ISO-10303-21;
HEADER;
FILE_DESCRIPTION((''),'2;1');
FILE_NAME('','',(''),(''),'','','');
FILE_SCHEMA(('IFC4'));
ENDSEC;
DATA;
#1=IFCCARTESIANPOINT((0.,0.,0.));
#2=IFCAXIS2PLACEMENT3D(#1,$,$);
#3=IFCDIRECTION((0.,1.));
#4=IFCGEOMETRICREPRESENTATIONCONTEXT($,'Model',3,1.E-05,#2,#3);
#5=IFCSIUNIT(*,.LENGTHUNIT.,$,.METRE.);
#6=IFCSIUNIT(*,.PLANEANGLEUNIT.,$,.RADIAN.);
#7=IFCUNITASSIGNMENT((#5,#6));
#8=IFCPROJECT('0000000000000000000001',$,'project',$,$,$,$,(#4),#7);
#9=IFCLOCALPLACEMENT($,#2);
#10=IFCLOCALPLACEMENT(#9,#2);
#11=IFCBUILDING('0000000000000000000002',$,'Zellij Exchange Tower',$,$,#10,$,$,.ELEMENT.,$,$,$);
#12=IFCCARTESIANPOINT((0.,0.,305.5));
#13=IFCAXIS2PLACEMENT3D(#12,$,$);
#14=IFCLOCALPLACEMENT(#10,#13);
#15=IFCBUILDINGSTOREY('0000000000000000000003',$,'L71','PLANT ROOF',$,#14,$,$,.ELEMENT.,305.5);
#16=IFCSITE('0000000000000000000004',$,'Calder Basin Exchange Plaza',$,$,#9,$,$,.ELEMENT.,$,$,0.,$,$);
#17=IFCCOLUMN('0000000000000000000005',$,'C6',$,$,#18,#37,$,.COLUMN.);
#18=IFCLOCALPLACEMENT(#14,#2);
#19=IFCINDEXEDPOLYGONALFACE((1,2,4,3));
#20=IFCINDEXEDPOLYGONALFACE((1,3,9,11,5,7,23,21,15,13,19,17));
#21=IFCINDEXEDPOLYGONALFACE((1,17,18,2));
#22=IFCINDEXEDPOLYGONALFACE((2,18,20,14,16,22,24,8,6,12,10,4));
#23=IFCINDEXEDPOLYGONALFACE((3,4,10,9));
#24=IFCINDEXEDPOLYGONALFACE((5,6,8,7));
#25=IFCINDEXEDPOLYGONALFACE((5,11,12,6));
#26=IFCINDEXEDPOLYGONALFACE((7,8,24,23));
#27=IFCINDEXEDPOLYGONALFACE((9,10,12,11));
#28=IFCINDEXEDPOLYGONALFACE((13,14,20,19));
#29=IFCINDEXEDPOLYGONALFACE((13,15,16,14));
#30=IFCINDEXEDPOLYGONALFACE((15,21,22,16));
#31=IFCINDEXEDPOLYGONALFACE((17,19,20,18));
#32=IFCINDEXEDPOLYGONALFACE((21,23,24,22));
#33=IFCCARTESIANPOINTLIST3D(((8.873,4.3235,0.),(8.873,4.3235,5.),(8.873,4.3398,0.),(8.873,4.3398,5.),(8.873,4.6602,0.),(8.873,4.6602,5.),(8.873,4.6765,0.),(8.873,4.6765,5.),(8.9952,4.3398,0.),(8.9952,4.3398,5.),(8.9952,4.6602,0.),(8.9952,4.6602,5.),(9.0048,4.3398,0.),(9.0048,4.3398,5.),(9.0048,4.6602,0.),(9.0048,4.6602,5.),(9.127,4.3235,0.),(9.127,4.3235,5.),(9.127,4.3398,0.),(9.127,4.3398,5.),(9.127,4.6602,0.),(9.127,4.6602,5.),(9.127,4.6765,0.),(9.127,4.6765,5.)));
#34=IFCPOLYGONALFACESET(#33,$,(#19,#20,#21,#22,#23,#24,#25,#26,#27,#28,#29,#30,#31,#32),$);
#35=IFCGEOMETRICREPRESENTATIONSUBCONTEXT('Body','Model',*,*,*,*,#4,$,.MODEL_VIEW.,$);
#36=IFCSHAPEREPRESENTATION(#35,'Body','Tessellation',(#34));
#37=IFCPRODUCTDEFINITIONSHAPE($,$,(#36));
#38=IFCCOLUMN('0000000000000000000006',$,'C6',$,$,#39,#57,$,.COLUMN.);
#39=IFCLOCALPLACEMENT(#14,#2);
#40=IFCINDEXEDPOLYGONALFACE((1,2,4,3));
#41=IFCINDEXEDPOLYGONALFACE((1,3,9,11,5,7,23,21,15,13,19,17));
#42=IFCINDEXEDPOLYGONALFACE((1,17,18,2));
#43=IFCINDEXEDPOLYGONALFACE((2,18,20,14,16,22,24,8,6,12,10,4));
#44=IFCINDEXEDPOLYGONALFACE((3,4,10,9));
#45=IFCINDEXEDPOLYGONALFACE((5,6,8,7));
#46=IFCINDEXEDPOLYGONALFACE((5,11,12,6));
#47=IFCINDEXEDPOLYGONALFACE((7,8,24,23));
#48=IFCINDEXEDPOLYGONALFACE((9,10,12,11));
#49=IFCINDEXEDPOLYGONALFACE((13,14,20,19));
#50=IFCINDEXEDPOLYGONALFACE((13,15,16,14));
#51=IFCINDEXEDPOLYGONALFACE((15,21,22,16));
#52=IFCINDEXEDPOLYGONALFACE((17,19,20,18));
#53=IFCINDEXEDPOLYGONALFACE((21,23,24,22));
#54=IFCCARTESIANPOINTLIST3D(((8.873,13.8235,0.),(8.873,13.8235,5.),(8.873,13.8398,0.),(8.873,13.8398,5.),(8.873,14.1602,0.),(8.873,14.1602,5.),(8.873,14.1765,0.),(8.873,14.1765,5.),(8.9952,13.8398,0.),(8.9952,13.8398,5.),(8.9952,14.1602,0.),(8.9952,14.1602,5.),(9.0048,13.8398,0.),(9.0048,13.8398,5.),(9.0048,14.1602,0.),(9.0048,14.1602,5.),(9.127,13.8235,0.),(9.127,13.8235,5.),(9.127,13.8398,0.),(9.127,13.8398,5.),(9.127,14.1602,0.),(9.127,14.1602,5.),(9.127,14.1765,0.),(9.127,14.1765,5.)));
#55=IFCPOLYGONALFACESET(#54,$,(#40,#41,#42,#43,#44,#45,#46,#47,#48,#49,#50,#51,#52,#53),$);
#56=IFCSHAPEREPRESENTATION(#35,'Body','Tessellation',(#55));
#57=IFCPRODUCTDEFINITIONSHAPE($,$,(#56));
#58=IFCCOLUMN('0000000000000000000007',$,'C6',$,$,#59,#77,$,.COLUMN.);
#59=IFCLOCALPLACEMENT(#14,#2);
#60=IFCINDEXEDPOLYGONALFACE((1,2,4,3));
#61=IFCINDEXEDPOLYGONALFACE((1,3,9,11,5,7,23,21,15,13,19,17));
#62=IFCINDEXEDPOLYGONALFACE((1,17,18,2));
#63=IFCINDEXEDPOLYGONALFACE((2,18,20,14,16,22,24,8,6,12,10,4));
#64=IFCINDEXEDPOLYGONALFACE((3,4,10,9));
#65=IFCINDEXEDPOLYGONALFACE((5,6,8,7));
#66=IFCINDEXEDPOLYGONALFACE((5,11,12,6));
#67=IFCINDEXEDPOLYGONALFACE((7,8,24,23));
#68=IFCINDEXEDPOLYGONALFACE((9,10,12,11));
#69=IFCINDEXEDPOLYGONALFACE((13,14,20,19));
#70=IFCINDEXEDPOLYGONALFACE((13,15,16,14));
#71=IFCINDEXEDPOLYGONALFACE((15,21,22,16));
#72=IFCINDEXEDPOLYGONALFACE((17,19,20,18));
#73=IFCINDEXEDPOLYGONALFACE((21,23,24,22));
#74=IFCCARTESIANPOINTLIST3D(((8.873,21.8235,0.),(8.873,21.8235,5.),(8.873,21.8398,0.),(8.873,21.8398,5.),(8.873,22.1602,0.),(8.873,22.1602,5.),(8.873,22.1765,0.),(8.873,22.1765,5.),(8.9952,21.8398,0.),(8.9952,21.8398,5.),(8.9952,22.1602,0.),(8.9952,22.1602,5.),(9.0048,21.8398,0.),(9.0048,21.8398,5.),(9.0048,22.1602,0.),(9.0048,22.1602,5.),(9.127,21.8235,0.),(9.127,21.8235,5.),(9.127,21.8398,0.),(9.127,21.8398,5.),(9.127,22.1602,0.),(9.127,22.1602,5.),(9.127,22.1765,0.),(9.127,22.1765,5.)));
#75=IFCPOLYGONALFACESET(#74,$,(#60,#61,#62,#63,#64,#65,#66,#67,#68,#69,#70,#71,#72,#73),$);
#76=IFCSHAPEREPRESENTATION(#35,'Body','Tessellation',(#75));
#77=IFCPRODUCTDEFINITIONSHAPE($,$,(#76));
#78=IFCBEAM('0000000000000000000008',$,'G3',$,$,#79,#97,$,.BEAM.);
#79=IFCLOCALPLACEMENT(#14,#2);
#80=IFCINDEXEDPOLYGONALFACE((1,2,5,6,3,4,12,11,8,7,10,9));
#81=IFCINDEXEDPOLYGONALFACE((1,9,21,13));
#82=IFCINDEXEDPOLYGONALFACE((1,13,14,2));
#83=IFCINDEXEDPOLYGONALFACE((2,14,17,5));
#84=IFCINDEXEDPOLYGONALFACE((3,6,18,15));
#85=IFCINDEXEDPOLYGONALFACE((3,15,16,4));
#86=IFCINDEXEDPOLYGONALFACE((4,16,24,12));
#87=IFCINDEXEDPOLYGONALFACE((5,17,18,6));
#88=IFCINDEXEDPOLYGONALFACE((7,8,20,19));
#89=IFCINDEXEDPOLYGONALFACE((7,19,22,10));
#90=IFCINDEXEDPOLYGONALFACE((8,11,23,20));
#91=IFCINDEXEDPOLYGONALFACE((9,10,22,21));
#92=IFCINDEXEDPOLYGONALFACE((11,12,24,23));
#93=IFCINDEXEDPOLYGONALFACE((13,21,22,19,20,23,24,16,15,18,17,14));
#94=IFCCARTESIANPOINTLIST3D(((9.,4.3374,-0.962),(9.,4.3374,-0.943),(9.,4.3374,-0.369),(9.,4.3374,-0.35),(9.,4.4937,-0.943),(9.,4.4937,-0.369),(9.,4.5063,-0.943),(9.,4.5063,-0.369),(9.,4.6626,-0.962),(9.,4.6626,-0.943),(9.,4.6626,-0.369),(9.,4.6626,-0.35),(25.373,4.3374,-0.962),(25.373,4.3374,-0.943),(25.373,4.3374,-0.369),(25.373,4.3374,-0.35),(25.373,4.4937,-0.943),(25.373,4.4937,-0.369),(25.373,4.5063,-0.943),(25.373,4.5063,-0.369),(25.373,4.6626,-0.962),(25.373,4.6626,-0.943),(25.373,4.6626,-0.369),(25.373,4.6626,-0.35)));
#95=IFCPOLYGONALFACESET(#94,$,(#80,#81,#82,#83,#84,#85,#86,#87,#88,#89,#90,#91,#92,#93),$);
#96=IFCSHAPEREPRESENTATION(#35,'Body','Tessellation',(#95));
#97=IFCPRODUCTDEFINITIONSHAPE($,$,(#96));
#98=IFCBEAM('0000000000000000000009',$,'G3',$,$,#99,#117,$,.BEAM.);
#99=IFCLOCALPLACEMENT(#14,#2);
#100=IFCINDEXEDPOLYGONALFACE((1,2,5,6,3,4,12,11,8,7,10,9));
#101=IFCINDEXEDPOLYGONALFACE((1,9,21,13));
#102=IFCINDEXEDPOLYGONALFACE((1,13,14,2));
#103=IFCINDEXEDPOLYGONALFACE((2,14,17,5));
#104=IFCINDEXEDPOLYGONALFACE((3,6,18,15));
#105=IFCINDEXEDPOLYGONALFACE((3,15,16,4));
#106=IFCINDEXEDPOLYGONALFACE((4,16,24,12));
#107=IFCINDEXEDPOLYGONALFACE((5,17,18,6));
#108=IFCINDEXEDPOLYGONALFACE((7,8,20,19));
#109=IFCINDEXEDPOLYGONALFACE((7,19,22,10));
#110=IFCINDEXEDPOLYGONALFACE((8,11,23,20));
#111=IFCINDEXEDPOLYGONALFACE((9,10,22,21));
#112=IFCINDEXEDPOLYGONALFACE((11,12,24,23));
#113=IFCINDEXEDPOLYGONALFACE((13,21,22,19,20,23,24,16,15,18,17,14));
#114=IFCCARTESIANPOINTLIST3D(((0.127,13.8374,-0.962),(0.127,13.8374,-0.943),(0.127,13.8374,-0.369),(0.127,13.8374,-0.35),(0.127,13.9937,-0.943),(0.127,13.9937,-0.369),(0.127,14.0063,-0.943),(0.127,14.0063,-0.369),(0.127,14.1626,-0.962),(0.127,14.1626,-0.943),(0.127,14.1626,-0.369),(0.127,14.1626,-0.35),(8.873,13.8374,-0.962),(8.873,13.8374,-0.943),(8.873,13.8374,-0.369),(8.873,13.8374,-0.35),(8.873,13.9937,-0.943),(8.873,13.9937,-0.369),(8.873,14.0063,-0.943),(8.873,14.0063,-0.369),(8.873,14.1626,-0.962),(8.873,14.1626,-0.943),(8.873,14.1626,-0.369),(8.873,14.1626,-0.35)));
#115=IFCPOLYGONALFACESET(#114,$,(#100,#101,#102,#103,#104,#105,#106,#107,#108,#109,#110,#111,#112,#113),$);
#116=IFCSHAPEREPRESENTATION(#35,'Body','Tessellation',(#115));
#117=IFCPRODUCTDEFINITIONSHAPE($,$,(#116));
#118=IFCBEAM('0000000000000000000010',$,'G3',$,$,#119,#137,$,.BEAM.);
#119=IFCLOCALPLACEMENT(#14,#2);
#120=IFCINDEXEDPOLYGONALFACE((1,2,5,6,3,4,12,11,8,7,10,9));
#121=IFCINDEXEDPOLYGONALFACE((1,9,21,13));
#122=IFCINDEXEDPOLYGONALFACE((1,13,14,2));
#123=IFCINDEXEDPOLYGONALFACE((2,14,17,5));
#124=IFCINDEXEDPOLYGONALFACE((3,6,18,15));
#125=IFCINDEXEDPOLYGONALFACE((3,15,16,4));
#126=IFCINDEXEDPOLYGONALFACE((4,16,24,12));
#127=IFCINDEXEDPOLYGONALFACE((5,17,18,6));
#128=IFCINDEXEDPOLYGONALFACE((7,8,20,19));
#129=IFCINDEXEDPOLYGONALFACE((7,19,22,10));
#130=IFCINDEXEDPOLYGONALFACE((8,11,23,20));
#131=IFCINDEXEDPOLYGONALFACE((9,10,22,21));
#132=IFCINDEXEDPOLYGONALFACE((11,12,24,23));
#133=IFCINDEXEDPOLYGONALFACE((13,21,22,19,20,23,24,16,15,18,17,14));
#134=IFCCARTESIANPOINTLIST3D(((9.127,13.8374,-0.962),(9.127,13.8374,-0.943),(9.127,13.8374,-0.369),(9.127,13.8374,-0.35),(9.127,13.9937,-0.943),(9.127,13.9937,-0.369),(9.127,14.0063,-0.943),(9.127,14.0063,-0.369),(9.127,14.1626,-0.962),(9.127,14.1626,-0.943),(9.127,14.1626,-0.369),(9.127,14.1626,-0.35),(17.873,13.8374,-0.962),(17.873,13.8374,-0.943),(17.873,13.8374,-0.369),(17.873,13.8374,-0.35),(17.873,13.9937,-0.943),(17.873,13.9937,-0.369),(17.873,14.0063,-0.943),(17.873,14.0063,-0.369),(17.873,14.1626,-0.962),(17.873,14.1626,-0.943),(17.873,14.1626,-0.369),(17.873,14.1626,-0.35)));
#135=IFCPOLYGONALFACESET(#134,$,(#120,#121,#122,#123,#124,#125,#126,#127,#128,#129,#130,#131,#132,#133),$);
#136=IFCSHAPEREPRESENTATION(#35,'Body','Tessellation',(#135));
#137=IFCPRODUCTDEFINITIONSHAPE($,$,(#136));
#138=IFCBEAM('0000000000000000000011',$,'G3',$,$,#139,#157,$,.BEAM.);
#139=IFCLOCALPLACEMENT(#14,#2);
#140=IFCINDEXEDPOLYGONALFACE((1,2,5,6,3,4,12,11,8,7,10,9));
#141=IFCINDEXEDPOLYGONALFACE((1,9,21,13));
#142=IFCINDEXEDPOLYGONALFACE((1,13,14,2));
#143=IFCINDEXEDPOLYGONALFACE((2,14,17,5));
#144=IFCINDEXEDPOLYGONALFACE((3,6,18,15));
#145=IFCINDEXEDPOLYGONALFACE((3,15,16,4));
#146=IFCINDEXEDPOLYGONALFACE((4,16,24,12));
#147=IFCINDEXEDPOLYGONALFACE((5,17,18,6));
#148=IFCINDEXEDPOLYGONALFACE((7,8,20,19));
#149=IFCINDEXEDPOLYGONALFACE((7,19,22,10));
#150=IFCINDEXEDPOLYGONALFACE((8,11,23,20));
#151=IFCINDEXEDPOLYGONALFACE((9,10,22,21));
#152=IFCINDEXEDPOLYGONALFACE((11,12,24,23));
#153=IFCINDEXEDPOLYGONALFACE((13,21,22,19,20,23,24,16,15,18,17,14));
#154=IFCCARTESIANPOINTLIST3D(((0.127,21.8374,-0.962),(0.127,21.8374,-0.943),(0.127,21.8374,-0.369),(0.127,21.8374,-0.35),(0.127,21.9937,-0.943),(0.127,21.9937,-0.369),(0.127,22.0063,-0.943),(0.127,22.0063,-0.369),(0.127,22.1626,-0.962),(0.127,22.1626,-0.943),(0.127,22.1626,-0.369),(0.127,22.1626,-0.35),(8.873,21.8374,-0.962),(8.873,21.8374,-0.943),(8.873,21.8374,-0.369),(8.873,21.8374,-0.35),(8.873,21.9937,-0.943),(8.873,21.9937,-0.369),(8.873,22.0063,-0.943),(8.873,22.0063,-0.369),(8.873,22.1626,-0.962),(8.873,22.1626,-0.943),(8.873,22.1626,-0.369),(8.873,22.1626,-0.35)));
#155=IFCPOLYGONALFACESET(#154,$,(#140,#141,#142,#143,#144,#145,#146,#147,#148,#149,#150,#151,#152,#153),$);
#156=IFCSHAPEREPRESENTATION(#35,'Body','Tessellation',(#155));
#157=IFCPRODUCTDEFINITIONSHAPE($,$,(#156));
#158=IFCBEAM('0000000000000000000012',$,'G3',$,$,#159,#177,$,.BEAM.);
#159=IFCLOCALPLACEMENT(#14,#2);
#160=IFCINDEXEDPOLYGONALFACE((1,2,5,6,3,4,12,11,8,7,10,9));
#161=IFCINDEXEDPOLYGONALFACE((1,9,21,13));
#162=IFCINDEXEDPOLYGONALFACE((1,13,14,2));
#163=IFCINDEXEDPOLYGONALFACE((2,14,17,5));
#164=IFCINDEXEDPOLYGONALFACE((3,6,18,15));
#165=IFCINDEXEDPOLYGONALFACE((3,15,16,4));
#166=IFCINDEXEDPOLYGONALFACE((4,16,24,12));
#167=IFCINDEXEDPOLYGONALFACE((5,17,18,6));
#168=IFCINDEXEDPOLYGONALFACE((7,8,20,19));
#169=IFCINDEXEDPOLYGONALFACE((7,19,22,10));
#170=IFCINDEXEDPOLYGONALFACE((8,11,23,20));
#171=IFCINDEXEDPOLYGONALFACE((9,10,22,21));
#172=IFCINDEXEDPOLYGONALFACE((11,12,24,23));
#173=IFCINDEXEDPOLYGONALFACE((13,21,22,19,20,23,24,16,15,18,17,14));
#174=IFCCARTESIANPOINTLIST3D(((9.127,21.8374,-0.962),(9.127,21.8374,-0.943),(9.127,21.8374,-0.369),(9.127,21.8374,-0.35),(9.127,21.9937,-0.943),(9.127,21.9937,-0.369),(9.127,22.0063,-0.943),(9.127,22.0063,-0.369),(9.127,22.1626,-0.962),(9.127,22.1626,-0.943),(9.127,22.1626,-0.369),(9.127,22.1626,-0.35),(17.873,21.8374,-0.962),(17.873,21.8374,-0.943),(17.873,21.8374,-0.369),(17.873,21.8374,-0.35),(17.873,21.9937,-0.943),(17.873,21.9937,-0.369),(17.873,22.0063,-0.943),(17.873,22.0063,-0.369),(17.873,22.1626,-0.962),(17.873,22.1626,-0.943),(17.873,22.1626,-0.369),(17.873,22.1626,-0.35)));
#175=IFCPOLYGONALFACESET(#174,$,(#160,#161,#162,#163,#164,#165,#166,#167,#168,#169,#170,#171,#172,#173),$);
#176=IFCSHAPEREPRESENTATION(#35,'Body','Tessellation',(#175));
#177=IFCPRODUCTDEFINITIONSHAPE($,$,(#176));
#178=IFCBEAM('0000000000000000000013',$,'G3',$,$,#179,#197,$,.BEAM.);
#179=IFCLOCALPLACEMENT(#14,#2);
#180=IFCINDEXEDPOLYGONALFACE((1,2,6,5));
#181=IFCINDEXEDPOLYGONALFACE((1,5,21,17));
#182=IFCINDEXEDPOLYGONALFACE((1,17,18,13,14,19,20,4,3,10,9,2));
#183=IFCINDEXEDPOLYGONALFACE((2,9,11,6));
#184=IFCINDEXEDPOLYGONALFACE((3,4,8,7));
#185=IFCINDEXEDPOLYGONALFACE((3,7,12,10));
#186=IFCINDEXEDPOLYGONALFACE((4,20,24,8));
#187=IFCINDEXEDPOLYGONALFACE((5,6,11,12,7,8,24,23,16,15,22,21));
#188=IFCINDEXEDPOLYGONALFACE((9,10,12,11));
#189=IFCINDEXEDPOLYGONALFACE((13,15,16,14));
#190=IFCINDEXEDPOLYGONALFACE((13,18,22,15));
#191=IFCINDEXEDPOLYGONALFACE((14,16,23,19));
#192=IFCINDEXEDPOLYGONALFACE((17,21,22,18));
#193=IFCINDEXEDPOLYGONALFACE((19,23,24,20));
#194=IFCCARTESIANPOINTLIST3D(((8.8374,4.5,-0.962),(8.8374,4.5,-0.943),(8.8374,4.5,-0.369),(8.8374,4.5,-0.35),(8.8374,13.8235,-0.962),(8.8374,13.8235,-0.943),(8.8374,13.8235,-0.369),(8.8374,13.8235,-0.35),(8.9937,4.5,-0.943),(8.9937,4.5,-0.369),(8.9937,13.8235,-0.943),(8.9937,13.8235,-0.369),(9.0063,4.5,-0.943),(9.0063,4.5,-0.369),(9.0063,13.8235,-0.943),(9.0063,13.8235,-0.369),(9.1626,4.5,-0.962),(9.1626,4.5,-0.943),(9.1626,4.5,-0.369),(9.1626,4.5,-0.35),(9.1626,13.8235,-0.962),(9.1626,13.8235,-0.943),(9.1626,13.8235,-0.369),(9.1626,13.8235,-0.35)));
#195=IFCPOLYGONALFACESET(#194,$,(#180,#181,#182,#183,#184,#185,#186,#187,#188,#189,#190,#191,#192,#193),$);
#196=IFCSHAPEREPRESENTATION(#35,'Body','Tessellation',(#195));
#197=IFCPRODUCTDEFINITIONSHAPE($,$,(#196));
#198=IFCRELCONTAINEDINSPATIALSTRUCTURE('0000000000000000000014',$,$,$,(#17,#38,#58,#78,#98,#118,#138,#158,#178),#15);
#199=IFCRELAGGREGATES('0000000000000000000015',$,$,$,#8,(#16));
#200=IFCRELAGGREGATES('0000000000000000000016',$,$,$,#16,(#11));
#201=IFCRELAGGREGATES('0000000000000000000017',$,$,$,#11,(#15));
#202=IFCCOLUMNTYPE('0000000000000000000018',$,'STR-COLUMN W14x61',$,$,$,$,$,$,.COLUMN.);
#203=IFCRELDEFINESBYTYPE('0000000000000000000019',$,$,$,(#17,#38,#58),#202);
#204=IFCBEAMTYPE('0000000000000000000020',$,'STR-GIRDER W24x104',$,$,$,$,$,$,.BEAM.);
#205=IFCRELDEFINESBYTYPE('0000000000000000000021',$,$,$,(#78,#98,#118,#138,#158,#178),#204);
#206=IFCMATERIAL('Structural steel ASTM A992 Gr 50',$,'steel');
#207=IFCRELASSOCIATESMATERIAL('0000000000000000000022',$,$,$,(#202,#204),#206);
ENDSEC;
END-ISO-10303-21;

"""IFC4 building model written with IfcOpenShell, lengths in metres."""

from ifc_helpers import new_model, si_unit, direction, frame, origin, origin_2d, place, context, subcontext, project, spatial, i_section, extrude, material, material_profile, profile_set, type_object, element, save


model = new_model("IFC4")

# Units and contexts
model_context = context("Model", 3, precision=1e-05, world=origin(), true_north=direction((0.0, 1.0)))
body_context = subcontext(model_context, "Body", "Model", "MODEL_VIEW")
ifc_project = project(units=[si_unit("LENGTHUNIT", "METRE"), si_unit("PLANEANGLEUNIT", "RADIAN")], contexts=[model_context])

# Site, building, storey
site_placement = place(None, origin())
site = spatial("IfcSite", under=ifc_project, at=site_placement, Name="Calder Basin Exchange Plaza", CompositionType="ELEMENT", RefElevation=0.0)
building_placement = place(site_placement, origin())
building = spatial("IfcBuilding", under=site, at=building_placement, Name="Zellij Exchange Tower", CompositionType="ELEMENT")
storey_placement = place(building_placement, frame((0.0, 0.0, 305.5)))
storey = spatial("IfcBuildingStorey", under=building, at=storey_placement, Name="L71", Description="PLANT ROOF", CompositionType="ELEMENT", Elevation=305.5)

# Columns
ifc_material_1 = material(Name="Structural steel ASTM A992 Gr 50", Category="steel")
ifc_material_profile_1 = material_profile(ifc_material_1, i_section(OverallWidth=0.2539, OverallDepth=0.353, WebThickness=0.0095, FlangeThickness=0.0164, at=origin_2d()), Name="W14x61")
ifc_profile_set_1 = profile_set([ifc_material_profile_1], Name="Structural steel ASTM A992 Gr 50")
column_type = type_object("IfcColumnType", Name="STR-COLUMN W14x61", PredefinedType="COLUMN", material=ifc_profile_set_1)
for number, where, z_axis, x_axis, name in (
    (1, (9.0, 4.5, 0.0), (0.0, 0.0, 1.0), (1.0, 0.0, 0.0), "C6"),
    (2, (9.0, 14.0, 0.0), (0.0, 0.0, 1.0), (1.0, 0.0, 0.0), "C6"),
    (3, (9.0, 22.0, 0.0), (0.0, 0.0, 1.0), (1.0, 0.0, 0.0), "C6"),
):
    element("IfcColumn", number, at=place(storey_placement, frame(where, z_axis=z_axis, x_axis=x_axis)), inside=storey, type_object=column_type, Name=name, PredefinedType="COLUMN", context=body_context, shape_type="SweptSolid", body=[
        extrude(i_section(OverallWidth=0.2539, OverallDepth=0.353, WebThickness=0.0095, FlangeThickness=0.0164, at=origin_2d()), origin(), (0.0, 0.0, 1.0), 5.0),
    ])

# Beams
ifc_material_profile_2 = material_profile(ifc_material_1, i_section(OverallWidth=0.3252, OverallDepth=0.6121, WebThickness=0.0127, FlangeThickness=0.019, at=origin_2d()), Name="W24x104")
ifc_profile_set_2 = profile_set([ifc_material_profile_2], Name="Structural steel ASTM A992 Gr 50")
beam_type = type_object("IfcBeamType", Name="STR-GIRDER W24x104", PredefinedType="BEAM", material=ifc_profile_set_2)
beam_1_placement = place(storey_placement, frame((9.0, 4.5, -0.656), z_axis=(1.0, 0.0, 0.0), x_axis=(0.0, 1.0, 0.0)))
element("IfcBeam", 4, at=beam_1_placement, inside=storey, type_object=beam_type, Name="G3", PredefinedType="BEAM", context=body_context, shape_type="SweptSolid", body=[
    extrude(i_section(OverallWidth=0.3252, OverallDepth=0.6121, WebThickness=0.0127, FlangeThickness=0.019, at=origin_2d()), origin(), (0.0, 0.0, 1.0), 16.373),
])
for number, where, z_axis, x_axis, name in (
    (5, (0.127, 14.0, -0.656), (1.0, 0.0, 0.0), (0.0, 1.0, 0.0), "G3"),
    (6, (9.127, 14.0, -0.656), (1.0, 0.0, 0.0), (0.0, 1.0, 0.0), "G3"),
    (7, (0.127, 22.0, -0.656), (1.0, 0.0, 0.0), (0.0, 1.0, 0.0), "G3"),
    (8, (9.127, 22.0, -0.656), (1.0, 0.0, 0.0), (0.0, 1.0, 0.0), "G3"),
):
    element("IfcBeam", number, at=place(storey_placement, frame(where, z_axis=z_axis, x_axis=x_axis)), inside=storey, type_object=beam_type, Name=name, PredefinedType="BEAM", context=body_context, shape_type="SweptSolid", body=[
        extrude(i_section(OverallWidth=0.3252, OverallDepth=0.6121, WebThickness=0.0127, FlangeThickness=0.019, at=origin_2d()), origin(), (0.0, 0.0, 1.0), 8.7461),
    ])
beam_2_placement = place(storey_placement, frame((9.0, 4.5, -0.656), z_axis=(0.0, 1.0, 0.0), x_axis=(-1.0, 0.0, 0.0)))
element("IfcBeam", 9, at=beam_2_placement, inside=storey, type_object=beam_type, Name="G3", PredefinedType="BEAM", context=body_context, shape_type="SweptSolid", body=[
    extrude(i_section(OverallWidth=0.3252, OverallDepth=0.6121, WebThickness=0.0127, FlangeThickness=0.019, at=origin_2d()), origin(), (0.0, 0.0, 1.0), 9.3235),
])

save(model, "model.ifc")
